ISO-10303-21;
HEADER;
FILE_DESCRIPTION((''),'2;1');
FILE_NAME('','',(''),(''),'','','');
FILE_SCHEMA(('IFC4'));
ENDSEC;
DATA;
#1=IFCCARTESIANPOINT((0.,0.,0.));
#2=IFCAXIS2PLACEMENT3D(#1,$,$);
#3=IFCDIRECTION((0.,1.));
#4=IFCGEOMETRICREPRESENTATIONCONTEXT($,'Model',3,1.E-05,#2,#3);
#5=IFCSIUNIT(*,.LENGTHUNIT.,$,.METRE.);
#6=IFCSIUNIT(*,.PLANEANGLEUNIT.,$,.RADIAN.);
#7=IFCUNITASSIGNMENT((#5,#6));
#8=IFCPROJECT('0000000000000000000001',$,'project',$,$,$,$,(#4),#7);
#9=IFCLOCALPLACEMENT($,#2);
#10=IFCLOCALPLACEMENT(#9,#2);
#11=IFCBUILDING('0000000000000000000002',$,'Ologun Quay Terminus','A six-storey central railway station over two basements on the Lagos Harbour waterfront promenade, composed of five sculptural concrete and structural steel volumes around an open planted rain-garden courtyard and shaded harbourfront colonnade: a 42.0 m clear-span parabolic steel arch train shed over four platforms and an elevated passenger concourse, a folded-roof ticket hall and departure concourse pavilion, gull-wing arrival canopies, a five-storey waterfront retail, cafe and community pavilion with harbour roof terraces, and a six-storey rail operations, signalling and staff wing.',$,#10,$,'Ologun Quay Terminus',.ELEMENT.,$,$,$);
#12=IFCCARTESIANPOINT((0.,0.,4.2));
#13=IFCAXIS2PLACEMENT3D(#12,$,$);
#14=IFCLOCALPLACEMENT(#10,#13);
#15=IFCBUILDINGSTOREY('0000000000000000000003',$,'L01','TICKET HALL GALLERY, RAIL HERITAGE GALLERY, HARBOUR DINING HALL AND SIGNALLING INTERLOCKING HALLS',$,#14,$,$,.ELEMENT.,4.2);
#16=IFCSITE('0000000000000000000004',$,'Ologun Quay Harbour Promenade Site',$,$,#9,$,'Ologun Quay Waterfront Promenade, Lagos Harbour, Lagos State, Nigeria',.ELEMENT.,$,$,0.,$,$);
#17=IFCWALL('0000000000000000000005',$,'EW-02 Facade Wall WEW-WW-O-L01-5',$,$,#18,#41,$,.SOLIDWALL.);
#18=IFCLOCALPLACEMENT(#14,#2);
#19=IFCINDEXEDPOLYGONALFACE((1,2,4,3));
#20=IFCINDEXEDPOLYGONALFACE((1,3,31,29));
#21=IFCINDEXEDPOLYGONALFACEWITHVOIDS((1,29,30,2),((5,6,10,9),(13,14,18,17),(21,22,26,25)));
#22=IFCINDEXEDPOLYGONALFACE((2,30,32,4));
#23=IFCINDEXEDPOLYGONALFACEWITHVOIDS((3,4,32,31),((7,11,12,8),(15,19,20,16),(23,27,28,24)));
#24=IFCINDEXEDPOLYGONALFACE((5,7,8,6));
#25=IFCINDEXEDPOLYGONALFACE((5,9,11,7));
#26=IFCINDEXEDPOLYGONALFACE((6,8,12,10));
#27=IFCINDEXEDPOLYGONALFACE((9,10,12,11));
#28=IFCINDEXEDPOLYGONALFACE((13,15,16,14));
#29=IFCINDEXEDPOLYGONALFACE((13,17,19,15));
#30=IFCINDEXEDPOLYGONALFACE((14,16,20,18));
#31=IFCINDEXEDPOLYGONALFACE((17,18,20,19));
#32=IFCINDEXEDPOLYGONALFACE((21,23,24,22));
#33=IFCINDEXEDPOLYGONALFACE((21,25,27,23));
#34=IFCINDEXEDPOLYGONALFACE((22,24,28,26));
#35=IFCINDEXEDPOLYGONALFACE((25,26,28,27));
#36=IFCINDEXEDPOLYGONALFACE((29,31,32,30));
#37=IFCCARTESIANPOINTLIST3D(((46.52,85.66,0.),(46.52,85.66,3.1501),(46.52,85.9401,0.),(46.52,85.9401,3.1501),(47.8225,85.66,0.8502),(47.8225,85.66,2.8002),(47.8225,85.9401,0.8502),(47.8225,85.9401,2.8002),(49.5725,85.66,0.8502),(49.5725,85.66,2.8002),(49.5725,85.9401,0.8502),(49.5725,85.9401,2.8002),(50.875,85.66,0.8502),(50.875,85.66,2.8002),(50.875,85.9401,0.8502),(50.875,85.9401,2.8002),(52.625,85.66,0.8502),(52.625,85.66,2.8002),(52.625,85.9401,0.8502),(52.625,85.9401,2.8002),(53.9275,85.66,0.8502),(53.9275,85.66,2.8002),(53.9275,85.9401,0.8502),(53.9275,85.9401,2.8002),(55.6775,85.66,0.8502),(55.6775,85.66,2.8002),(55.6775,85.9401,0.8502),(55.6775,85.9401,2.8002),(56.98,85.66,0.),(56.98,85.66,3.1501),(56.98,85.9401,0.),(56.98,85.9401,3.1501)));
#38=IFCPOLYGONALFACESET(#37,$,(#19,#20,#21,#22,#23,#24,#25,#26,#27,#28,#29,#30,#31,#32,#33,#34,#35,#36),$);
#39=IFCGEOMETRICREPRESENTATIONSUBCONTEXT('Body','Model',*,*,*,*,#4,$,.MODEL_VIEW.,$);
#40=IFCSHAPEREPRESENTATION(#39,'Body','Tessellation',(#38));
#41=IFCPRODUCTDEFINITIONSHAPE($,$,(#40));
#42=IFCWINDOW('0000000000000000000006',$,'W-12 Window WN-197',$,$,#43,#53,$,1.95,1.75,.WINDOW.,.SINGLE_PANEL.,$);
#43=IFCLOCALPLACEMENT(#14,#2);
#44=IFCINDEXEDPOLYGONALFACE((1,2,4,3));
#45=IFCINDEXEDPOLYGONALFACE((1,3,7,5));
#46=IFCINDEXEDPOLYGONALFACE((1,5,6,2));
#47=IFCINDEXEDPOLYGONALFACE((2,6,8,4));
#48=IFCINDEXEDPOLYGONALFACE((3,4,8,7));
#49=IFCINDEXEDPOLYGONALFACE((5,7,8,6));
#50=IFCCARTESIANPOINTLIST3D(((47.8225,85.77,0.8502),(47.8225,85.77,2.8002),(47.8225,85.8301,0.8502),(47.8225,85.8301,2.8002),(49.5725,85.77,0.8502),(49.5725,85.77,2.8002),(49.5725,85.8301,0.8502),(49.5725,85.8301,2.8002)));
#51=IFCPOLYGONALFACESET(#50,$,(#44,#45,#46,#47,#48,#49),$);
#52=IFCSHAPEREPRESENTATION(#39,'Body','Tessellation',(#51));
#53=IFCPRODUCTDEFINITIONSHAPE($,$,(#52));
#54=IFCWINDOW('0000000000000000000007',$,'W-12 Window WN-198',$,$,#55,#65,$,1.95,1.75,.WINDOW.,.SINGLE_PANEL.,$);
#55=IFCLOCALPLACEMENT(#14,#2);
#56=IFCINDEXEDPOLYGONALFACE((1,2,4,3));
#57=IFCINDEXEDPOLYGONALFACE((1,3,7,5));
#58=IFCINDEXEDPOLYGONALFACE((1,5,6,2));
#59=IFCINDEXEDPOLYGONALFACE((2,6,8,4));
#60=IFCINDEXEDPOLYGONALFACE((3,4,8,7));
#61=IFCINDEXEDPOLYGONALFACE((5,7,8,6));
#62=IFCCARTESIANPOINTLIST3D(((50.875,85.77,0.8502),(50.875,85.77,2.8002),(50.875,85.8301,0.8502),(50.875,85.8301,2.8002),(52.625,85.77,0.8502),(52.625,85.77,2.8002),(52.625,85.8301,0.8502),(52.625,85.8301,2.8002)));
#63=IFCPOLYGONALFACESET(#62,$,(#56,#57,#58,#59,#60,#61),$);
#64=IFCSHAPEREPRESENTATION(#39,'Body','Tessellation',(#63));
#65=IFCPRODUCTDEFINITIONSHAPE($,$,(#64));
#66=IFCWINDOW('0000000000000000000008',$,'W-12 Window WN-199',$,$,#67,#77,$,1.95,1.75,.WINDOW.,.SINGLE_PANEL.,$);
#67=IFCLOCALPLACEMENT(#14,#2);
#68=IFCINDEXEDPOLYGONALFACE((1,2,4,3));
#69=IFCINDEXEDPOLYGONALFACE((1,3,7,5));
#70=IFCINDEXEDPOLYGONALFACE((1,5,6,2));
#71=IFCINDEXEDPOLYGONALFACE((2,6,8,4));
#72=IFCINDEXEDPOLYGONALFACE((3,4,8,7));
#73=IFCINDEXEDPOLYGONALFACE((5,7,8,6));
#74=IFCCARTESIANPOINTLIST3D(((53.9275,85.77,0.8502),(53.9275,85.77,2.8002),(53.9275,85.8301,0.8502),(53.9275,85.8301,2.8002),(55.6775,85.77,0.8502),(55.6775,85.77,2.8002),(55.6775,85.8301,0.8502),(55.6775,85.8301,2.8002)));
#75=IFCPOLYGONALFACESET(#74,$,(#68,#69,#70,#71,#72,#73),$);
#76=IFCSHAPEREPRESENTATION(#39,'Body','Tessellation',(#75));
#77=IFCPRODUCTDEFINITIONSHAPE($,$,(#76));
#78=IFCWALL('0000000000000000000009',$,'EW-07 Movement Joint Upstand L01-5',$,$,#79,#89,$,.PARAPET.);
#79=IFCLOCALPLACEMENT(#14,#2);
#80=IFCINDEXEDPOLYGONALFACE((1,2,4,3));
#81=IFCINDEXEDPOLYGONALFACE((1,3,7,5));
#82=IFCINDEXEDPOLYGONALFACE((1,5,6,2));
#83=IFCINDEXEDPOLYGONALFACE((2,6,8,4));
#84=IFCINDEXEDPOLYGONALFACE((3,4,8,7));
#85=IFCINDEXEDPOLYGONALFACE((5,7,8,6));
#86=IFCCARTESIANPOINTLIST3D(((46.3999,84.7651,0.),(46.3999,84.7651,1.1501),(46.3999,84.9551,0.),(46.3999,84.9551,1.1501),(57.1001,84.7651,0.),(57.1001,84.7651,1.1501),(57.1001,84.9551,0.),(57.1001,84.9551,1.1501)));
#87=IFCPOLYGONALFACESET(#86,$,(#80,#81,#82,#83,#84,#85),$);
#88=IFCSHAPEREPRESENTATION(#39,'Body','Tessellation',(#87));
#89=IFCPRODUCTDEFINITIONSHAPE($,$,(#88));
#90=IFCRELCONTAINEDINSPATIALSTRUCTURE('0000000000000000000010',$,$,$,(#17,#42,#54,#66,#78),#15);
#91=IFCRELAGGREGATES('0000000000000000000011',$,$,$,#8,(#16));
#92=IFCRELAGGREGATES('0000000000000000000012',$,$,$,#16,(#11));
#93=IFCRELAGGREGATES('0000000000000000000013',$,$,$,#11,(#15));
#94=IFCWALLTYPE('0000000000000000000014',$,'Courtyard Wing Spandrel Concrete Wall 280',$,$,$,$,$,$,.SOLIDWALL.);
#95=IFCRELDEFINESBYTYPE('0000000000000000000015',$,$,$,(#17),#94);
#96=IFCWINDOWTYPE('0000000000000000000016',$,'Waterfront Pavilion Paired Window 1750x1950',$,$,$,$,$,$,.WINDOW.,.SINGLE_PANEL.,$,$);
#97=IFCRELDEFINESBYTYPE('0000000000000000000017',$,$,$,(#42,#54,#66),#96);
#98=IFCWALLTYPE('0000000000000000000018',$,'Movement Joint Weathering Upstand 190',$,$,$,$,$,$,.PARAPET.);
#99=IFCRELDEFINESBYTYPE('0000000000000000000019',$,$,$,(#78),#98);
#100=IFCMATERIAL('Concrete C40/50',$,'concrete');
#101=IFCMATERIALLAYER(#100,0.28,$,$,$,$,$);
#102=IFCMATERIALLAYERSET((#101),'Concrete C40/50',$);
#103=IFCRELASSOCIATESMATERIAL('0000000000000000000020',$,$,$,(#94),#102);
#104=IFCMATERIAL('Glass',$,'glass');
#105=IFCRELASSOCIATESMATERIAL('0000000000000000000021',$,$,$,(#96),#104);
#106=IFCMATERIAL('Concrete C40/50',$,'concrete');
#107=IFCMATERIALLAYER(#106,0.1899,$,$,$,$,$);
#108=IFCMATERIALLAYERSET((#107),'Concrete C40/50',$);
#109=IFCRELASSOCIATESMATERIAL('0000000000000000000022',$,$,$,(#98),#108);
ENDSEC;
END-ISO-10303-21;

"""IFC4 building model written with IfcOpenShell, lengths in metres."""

from ifc_helpers import new_model, si_unit, direction, frame, frame_2d, origin, place, context, subcontext, project, spatial, rectangle, extrude, material, layer, layer_set, type_object, element, fill, save


model = new_model("IFC4")

# Units and contexts
model_context = context("Model", 3, precision=1e-05, world=origin(), true_north=direction((0.0, 1.0)))
body_context = subcontext(model_context, "Body", "Model", "MODEL_VIEW")
ifc_project = project(units=[si_unit("LENGTHUNIT", "METRE"), si_unit("PLANEANGLEUNIT", "RADIAN")], contexts=[model_context])

# Site, building, storey
site_placement = place(None, origin())
site = spatial("IfcSite", under=ifc_project, at=site_placement, Name="Ologun Quay Harbour Promenade Site", LongName="Ologun Quay Waterfront Promenade, Lagos Harbour, Lagos State, Nigeria", CompositionType="ELEMENT", RefElevation=0.0)
building_placement = place(site_placement, origin())
building = spatial("IfcBuilding", under=site, at=building_placement, Name="Ologun Quay Terminus", Description="A six-storey central railway station over two basements on the Lagos Harbour waterfront promenade, composed of five sculptural concrete and structural steel volumes around an open planted rain-garden courtyard and shaded harbourfront colonnade: a 42.0 m clear-span parabolic steel arch train shed over four platforms and an elevated passenger concourse, a folded-roof ticket hall and departure concourse pavilion, gull-wing arrival canopies, a five-storey waterfront retail, cafe and community pavilion with harbour roof terraces, and a six-storey rail operations, signalling and staff wing.", LongName="Ologun Quay Terminus", CompositionType="ELEMENT")
storey_placement = place(building_placement, frame((0.0, 0.0, 4.2)))
storey = spatial("IfcBuildingStorey", under=building, at=storey_placement, Name="L01", Description="TICKET HALL GALLERY, RAIL HERITAGE GALLERY, HARBOUR DINING HALL AND SIGNALLING INTERLOCKING HALLS", CompositionType="ELEMENT", Elevation=4.2)

# Shared definitions
ifc_material_1 = material(Name="Concrete C40/50", Category="concrete")
ifc_layer_1 = layer(ifc_material_1, 0.28)
ifc_layer_set_1 = layer_set([ifc_layer_1], Name="Concrete C40/50")
wall_type_1 = type_object("IfcWallType", Name="Courtyard Wing Spandrel Concrete Wall 280", PredefinedType="SOLIDWALL", material=ifc_layer_set_1)

# Wall, openings, windows
wall_1_placement = place(storey_placement, frame((46.52, 85.8, 0.0), z_axis=(0.0, 0.0, 1.0), x_axis=(1.0, 0.0, 0.0)))
wall_1 = element("IfcWall", 1, at=wall_1_placement, inside=storey, type_object=wall_type_1, Name="EW-02 Facade Wall WEW-WW-O-L01-5", PredefinedType="SOLIDWALL", context=body_context, shape_type="SweptSolid", body=[
    extrude(rectangle(XDim=10.46, YDim=0.28, at=frame_2d((5.23, 0.0))), origin(), (0.0, 0.0, 1.0), 3.1501),
])
opening_1_placement = place(wall_1_placement, frame((1.3025, 0.0, 0.8501)))
opening_1 = element("IfcOpeningElement", 2, at=opening_1_placement, cuts=wall_1, PredefinedType="OPENING", context=body_context, shape_type="SweptSolid", body=[
    extrude(rectangle(XDim=1.75, YDim=1.95, at=frame_2d((0.875, 0.9751))), frame((0.0, 0.1499, 0.0), z_axis=(0.0, -1.0, 0.0), x_axis=(1.0, 0.0, 0.0)), (0.0, 0.0, 1.0), 0.3),
])
opening_2_placement = place(wall_1_placement, frame((4.355, 0.0, 0.8501)))
opening_2 = element("IfcOpeningElement", 3, at=opening_2_placement, cuts=wall_1, PredefinedType="OPENING", context=body_context, shape_type="SweptSolid", body=[
    extrude(rectangle(XDim=1.75, YDim=1.95, at=frame_2d((0.875, 0.9751))), frame((0.0, 0.1499, 0.0), z_axis=(0.0, -1.0, 0.0), x_axis=(1.0, 0.0, 0.0)), (0.0, 0.0, 1.0), 0.3),
])
opening_3_placement = place(wall_1_placement, frame((7.4075, 0.0, 0.8501)))
opening_3 = element("IfcOpeningElement", 4, at=opening_3_placement, cuts=wall_1, PredefinedType="OPENING", context=body_context, shape_type="SweptSolid", body=[
    extrude(rectangle(XDim=1.75, YDim=1.95, at=frame_2d((0.875, 0.9751))), frame((0.0, 0.1499, 0.0), z_axis=(0.0, -1.0, 0.0), x_axis=(1.0, 0.0, 0.0)), (0.0, 0.0, 1.0), 0.3),
])
ifc_material_2 = material(Name="Glass", Category="glass")
window_type = type_object("IfcWindowType", Name="Waterfront Pavilion Paired Window 1750x1950", PartitioningType="SINGLE_PANEL", PredefinedType="WINDOW", material=ifc_material_2)
window_1_placement = place(opening_1_placement, origin())
window_1 = element("IfcWindow", 5, at=window_1_placement, inside=storey, type_object=window_type, Name="W-12 Window WN-197", OverallHeight=1.95, OverallWidth=1.75, PartitioningType="SINGLE_PANEL", PredefinedType="WINDOW", context=body_context, shape_type="SweptSolid", body=[
    extrude(rectangle(XDim=1.75, YDim=1.95, at=frame_2d((0.875, 0.9751))), frame((0.0, 0.03, 0.0), z_axis=(0.0, -1.0, 0.0), x_axis=(1.0, 0.0, 0.0)), (0.0, 0.0, 1.0), 0.0601),
])
fill(opening_1, window_1)
window_2_placement = place(opening_2_placement, origin())
window_2 = element("IfcWindow", 6, at=window_2_placement, inside=storey, type_object=window_type, Name="W-12 Window WN-198", OverallHeight=1.95, OverallWidth=1.75, PartitioningType="SINGLE_PANEL", PredefinedType="WINDOW", context=body_context, shape_type="SweptSolid", body=[
    extrude(rectangle(XDim=1.75, YDim=1.95, at=frame_2d((0.875, 0.9751))), frame((0.0, 0.03, 0.0), z_axis=(0.0, -1.0, 0.0), x_axis=(1.0, 0.0, 0.0)), (0.0, 0.0, 1.0), 0.0601),
])
fill(opening_2, window_2)
window_3_placement = place(opening_3_placement, origin())
window_3 = element("IfcWindow", 7, at=window_3_placement, inside=storey, type_object=window_type, Name="W-12 Window WN-199", OverallHeight=1.95, OverallWidth=1.75, PartitioningType="SINGLE_PANEL", PredefinedType="WINDOW", context=body_context, shape_type="SweptSolid", body=[
    extrude(rectangle(XDim=1.75, YDim=1.95, at=frame_2d((0.875, 0.9751))), frame((0.0, 0.03, 0.0), z_axis=(0.0, -1.0, 0.0), x_axis=(1.0, 0.0, 0.0)), (0.0, 0.0, 1.0), 0.0601),
])
fill(opening_3, window_3)

# Wall
ifc_material_3 = material(Name="Concrete C40/50", Category="concrete")
ifc_layer_2 = layer(ifc_material_3, 0.1899)
ifc_layer_set_2 = layer_set([ifc_layer_2], Name="Concrete C40/50")
wall_type_2 = type_object("IfcWallType", Name="Movement Joint Weathering Upstand 190", PredefinedType="PARAPET", material=ifc_layer_set_2)
wall_2_placement = place(storey_placement, frame((46.3999, 84.8601, 0.0), z_axis=(0.0, 0.0, 1.0), x_axis=(1.0, 0.0, 0.0)))
element("IfcWall", 8, at=wall_2_placement, inside=storey, type_object=wall_type_2, Name="EW-07 Movement Joint Upstand L01-5", PredefinedType="PARAPET", context=body_context, shape_type="SweptSolid", body=[
    extrude(rectangle(XDim=10.7002, YDim=0.1899, at=frame_2d((5.3501, 0.0))), origin(), (0.0, 0.0, 1.0), 1.1501),
])

save(model, "model.ifc")
